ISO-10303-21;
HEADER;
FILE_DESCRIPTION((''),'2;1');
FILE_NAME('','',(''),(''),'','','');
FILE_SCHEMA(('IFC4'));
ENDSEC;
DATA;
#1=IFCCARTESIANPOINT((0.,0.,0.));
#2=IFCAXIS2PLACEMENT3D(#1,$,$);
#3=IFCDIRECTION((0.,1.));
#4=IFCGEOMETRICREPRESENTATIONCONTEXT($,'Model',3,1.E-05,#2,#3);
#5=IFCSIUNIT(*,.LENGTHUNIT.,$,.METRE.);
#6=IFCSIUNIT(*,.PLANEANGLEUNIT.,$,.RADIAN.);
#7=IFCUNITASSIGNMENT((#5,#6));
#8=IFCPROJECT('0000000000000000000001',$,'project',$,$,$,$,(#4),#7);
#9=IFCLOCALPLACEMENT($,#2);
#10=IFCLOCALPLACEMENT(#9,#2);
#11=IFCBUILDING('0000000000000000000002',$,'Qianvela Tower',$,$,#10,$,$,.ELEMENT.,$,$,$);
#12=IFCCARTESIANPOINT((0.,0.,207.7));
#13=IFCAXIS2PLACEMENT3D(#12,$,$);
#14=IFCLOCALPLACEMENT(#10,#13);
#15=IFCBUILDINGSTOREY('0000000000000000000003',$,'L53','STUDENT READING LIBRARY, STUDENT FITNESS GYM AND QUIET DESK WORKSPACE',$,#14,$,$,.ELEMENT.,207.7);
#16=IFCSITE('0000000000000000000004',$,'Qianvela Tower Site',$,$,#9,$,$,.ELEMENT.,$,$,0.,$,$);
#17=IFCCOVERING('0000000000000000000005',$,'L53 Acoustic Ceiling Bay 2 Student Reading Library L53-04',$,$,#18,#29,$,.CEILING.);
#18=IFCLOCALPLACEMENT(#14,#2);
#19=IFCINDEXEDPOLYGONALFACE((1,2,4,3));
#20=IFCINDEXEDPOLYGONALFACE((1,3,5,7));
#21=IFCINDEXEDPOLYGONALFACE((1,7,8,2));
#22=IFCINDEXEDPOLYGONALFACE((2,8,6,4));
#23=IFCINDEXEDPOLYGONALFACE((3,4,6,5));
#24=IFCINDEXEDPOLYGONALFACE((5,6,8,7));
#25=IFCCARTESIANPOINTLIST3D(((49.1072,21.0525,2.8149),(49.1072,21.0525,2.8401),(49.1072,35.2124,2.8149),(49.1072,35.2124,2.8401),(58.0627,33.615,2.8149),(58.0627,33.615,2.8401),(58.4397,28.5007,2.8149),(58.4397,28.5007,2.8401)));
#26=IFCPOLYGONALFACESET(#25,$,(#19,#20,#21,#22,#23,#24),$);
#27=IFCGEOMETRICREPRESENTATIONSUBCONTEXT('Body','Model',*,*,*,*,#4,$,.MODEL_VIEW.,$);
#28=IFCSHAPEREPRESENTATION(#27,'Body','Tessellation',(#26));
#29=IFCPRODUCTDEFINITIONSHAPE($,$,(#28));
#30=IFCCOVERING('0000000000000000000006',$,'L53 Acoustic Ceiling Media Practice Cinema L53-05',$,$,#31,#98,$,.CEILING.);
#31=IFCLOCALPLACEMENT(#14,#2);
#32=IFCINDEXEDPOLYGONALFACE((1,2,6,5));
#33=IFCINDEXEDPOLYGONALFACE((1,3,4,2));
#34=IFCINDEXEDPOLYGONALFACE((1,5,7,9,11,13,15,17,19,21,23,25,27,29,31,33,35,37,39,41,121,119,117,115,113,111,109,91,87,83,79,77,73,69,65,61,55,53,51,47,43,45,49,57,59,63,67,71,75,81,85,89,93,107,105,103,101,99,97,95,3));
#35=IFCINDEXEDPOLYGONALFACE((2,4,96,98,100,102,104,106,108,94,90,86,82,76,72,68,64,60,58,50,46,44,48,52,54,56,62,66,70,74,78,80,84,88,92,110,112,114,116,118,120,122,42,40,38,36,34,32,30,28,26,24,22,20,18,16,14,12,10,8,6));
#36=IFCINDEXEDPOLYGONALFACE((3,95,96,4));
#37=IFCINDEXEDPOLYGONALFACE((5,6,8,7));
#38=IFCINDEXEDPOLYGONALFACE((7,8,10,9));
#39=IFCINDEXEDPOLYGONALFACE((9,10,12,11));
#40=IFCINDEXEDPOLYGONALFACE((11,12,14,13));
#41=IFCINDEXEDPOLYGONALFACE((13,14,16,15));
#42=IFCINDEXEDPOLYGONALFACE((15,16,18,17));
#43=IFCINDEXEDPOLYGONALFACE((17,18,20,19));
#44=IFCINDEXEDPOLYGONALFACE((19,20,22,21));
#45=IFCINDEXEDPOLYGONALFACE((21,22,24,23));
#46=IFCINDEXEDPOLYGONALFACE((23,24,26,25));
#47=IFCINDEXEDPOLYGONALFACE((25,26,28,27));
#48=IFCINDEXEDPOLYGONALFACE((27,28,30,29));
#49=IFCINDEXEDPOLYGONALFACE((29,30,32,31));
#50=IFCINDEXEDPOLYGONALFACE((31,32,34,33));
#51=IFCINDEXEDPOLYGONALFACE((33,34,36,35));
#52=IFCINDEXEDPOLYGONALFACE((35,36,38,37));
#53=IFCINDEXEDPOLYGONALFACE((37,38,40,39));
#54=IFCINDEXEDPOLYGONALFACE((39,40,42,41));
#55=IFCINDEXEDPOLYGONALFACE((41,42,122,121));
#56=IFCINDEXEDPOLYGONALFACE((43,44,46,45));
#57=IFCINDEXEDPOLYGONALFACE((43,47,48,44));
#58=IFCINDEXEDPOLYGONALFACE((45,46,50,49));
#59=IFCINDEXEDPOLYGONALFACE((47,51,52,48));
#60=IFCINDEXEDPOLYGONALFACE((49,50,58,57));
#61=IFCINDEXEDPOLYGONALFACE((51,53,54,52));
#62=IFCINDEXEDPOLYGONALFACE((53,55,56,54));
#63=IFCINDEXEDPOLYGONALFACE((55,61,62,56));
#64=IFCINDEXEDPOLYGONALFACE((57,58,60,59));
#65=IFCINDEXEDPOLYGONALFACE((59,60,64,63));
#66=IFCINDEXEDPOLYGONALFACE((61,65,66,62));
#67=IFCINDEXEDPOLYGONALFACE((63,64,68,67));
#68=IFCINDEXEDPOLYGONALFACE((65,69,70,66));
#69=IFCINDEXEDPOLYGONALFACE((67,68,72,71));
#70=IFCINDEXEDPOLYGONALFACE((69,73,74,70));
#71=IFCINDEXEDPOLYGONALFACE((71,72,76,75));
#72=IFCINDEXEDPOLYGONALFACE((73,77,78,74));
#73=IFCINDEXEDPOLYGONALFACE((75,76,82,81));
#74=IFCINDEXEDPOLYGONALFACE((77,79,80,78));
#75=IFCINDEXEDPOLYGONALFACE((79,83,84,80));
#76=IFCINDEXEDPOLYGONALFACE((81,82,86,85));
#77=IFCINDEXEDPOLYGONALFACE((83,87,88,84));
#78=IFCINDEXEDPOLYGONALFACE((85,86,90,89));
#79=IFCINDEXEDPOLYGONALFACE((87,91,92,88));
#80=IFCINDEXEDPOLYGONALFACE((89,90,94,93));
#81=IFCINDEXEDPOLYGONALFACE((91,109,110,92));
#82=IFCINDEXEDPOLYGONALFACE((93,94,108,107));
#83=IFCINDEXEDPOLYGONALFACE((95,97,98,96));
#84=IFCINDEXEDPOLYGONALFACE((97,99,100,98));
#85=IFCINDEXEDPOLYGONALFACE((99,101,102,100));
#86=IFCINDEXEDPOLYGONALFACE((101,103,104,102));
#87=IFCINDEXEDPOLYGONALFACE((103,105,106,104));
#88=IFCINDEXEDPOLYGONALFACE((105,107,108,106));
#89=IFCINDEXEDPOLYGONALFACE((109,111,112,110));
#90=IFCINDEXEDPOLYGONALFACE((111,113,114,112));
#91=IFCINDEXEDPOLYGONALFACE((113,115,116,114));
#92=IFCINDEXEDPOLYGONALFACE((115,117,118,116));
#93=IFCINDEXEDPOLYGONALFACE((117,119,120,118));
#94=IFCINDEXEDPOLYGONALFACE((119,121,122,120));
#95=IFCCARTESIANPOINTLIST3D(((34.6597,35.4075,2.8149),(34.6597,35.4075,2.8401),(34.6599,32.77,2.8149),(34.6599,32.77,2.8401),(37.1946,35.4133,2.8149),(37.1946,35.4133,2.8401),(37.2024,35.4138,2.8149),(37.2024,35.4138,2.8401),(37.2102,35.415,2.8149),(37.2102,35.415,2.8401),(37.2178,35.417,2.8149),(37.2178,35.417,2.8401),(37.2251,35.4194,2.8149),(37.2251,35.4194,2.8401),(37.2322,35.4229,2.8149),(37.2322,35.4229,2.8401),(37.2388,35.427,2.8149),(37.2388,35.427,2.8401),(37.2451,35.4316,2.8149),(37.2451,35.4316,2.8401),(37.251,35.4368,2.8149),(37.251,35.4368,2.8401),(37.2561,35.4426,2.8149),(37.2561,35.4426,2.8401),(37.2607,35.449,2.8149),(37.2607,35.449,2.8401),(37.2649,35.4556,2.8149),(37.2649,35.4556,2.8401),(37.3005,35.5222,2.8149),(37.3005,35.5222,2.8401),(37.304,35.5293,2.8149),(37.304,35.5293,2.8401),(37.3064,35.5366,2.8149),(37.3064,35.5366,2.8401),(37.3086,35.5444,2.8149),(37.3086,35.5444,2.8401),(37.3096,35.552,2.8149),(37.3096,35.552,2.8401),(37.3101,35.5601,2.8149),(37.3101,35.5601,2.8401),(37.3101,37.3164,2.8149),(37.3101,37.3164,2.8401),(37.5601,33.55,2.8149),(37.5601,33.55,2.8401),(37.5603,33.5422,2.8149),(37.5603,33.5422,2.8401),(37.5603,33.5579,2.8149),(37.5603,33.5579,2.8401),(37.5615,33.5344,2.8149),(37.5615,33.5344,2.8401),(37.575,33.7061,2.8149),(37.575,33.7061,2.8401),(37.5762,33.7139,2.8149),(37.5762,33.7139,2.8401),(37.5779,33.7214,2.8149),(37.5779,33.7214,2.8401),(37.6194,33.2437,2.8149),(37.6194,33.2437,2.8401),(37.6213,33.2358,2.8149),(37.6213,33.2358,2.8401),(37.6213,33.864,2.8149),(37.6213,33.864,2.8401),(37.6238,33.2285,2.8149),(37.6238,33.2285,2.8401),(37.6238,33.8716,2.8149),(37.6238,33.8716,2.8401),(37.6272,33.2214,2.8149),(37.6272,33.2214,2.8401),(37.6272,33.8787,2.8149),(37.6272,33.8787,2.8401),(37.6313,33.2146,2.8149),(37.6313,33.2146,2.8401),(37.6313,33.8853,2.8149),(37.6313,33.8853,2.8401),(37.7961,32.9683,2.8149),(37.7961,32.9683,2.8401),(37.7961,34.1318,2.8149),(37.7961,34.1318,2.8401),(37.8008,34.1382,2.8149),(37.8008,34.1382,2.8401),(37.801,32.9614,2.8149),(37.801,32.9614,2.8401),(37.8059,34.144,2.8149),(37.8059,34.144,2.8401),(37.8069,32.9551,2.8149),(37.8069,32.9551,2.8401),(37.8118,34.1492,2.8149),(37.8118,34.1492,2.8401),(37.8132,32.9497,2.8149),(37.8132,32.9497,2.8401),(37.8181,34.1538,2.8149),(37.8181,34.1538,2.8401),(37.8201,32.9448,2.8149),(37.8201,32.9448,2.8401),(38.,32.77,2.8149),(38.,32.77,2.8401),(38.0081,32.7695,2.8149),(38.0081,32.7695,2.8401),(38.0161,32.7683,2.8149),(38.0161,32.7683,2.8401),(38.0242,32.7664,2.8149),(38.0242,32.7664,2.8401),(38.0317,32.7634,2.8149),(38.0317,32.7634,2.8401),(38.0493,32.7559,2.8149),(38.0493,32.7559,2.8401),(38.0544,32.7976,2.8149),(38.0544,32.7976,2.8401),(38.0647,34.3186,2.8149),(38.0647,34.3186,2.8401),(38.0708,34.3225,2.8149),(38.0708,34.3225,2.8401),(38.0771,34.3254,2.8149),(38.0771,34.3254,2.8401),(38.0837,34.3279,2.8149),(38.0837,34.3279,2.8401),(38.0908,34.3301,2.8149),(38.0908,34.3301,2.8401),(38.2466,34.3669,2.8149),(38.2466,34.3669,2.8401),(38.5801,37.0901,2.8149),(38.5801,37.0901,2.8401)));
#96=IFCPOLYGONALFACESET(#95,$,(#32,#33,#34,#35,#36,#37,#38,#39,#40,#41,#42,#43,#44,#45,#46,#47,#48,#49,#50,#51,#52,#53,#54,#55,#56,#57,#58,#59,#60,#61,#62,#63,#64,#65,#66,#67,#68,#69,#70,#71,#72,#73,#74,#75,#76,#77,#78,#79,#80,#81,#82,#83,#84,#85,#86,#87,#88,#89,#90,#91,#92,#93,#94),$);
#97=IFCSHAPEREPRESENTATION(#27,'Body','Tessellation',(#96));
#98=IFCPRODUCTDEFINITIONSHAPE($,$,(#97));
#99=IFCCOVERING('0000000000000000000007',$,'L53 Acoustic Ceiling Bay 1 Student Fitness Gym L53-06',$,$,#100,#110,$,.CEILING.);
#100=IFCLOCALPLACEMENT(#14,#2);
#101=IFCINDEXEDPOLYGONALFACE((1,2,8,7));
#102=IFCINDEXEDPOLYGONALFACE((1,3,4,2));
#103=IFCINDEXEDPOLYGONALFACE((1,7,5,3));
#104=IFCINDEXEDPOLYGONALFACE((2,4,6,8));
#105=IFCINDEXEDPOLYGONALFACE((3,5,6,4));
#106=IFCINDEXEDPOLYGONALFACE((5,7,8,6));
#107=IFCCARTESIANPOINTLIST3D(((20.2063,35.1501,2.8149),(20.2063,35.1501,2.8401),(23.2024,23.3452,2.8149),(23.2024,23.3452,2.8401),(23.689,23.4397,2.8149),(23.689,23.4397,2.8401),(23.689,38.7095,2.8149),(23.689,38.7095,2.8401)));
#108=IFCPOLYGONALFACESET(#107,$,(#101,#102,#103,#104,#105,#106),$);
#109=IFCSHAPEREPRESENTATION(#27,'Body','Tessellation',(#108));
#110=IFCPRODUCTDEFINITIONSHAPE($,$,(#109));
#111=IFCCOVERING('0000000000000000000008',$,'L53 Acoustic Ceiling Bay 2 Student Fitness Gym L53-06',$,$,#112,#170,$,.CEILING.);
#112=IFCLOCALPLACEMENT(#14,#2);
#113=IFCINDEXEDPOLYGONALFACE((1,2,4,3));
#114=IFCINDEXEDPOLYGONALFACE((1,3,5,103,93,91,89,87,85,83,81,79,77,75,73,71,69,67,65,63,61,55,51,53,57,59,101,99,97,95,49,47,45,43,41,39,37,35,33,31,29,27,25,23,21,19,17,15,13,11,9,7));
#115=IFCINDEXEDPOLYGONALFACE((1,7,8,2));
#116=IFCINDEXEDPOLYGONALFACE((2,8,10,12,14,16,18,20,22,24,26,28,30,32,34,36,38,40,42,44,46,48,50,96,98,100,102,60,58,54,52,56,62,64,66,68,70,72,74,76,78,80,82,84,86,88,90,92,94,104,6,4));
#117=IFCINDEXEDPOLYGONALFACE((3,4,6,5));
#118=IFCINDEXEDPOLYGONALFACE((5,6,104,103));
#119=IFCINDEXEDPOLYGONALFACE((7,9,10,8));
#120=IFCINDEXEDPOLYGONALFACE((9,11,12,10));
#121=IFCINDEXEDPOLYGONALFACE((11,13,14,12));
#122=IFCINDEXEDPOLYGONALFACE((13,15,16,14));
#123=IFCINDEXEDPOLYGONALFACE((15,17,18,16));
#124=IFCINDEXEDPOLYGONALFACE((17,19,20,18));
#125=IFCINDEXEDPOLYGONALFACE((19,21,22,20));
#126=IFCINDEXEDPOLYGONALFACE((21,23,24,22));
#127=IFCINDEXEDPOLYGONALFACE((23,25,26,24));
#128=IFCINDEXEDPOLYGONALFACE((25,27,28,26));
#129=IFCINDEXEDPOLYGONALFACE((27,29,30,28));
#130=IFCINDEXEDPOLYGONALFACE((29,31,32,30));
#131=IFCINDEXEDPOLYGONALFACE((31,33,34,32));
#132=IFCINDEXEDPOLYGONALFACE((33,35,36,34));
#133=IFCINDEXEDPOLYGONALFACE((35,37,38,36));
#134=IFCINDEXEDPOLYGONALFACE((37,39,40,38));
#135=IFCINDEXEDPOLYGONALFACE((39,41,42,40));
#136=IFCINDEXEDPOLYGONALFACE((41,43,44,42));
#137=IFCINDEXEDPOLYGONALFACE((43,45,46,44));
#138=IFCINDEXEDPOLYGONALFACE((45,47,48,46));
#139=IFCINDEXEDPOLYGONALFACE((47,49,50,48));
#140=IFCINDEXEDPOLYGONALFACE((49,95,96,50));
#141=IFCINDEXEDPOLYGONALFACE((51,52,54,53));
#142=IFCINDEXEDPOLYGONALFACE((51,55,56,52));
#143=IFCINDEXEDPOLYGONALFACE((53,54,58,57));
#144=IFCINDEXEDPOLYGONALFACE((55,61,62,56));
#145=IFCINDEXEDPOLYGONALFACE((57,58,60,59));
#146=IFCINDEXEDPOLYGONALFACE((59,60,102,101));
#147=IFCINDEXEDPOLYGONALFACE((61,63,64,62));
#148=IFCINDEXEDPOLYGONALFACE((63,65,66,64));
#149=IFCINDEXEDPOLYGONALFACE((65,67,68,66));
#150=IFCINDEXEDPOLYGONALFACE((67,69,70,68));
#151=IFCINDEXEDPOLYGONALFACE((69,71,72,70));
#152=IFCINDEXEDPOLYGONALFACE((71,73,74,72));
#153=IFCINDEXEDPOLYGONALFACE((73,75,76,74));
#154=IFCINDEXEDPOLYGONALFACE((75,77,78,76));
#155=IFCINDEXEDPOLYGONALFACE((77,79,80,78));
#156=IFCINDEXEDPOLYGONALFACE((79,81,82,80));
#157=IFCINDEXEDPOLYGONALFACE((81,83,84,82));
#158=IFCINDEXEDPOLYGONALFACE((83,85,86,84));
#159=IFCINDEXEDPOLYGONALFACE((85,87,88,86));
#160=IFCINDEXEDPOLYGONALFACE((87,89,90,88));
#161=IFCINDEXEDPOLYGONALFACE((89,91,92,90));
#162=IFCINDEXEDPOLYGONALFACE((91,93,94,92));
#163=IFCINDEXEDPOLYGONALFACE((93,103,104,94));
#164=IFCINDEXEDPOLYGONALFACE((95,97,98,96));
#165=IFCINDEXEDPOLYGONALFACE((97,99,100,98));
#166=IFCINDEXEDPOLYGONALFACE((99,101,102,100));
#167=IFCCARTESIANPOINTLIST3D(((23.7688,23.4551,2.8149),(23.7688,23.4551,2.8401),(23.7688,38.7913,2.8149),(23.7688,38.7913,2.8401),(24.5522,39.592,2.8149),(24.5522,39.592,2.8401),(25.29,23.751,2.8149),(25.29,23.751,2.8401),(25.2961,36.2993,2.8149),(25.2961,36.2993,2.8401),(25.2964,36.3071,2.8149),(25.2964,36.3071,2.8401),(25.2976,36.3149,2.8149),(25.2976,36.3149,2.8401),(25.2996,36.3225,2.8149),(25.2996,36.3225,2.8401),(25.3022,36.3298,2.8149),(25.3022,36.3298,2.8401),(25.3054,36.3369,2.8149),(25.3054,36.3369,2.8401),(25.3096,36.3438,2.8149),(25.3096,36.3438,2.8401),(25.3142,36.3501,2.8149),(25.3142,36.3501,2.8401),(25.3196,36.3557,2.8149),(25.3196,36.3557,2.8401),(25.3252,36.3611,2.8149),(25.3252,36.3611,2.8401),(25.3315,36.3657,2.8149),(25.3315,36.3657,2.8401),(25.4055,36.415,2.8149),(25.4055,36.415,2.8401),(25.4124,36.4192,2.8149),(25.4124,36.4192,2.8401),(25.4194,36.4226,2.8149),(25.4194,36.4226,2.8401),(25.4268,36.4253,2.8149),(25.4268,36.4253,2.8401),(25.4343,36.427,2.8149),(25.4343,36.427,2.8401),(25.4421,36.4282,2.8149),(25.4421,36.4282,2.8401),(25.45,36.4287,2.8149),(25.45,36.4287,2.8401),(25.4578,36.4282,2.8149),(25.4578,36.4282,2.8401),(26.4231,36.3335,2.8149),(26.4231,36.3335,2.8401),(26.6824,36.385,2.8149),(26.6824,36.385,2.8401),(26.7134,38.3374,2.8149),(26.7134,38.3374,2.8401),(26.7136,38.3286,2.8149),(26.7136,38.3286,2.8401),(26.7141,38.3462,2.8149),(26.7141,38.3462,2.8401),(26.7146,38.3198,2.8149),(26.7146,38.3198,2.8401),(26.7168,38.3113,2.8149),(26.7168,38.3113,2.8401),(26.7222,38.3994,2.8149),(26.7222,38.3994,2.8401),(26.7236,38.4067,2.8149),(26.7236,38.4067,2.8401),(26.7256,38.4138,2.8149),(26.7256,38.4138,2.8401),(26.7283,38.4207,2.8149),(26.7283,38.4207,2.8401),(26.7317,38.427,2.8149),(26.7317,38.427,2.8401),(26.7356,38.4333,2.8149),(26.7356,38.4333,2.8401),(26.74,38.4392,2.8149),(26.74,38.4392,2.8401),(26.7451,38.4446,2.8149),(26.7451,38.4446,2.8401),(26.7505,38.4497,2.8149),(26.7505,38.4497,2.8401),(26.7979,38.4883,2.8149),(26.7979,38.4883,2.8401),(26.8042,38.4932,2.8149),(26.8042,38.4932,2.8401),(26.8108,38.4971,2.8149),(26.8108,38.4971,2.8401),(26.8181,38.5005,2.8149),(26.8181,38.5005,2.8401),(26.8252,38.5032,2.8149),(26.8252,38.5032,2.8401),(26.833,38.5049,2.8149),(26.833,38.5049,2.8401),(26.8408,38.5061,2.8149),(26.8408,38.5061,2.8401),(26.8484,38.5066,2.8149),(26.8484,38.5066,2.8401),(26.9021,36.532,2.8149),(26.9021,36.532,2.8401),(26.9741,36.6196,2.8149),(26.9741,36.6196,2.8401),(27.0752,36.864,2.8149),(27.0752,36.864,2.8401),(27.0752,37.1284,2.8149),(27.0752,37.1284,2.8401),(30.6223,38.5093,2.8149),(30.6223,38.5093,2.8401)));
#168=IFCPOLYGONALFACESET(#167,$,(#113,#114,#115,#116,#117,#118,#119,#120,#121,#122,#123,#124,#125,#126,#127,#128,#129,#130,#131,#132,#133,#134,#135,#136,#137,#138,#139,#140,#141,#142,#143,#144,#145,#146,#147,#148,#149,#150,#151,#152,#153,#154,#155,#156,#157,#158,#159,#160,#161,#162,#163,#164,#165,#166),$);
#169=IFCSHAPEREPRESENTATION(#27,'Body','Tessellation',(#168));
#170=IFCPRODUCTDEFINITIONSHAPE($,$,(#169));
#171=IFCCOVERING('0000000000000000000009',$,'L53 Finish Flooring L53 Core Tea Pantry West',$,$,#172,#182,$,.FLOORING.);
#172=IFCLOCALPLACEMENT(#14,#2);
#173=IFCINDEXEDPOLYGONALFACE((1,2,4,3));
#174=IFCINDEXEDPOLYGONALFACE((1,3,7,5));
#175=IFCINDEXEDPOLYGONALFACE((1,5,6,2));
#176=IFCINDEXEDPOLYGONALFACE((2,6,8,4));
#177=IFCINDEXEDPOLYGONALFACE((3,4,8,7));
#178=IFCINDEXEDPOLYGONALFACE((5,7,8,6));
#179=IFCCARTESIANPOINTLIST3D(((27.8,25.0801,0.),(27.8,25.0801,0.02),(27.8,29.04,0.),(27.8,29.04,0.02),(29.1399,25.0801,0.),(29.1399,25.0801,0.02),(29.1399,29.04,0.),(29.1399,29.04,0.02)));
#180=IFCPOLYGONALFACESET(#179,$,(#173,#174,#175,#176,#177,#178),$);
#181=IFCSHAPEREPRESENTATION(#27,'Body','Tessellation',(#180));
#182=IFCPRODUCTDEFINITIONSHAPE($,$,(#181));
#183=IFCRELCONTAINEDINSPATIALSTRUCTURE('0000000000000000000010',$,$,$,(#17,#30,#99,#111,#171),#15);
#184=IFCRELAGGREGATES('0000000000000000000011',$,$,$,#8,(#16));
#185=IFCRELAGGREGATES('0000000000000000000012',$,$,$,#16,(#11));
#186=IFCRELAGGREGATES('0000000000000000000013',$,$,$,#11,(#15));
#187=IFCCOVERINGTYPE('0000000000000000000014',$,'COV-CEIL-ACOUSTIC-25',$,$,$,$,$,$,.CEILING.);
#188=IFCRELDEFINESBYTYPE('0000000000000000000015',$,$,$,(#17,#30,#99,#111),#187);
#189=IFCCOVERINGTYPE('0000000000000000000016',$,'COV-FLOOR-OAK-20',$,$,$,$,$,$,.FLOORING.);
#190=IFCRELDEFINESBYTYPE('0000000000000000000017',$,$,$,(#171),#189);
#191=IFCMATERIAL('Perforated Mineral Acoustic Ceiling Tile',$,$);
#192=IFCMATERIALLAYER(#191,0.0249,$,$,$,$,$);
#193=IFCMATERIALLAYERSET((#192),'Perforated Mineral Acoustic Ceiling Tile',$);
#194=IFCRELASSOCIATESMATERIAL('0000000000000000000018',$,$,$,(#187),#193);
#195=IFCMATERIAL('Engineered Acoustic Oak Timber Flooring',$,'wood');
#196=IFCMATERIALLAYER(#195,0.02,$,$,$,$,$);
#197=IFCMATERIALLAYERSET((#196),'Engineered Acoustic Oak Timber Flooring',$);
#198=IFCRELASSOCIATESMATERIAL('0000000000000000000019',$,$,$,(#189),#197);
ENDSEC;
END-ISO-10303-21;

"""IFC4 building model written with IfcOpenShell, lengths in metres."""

from ifc_helpers import new_model, si_unit, direction, frame, origin, place, context, subcontext, project, spatial, polyline, outline, extrude, material, layer, layer_set, type_object, element, save


model = new_model("IFC4")

# Units and contexts
model_context = context("Model", 3, precision=1e-05, world=origin(), true_north=direction((0.0, 1.0)))
body_context = subcontext(model_context, "Body", "Model", "MODEL_VIEW")
ifc_project = project(units=[si_unit("LENGTHUNIT", "METRE"), si_unit("PLANEANGLEUNIT", "RADIAN")], contexts=[model_context])

# Site, building, storey
site_placement = place(None, origin())
site = spatial("IfcSite", under=ifc_project, at=site_placement, Name="Qianvela Tower Site", CompositionType="ELEMENT", RefElevation=0.0)
building_placement = place(site_placement, origin())
building = spatial("IfcBuilding", under=site, at=building_placement, Name="Qianvela Tower", CompositionType="ELEMENT")
storey_placement = place(building_placement, frame((0.0, 0.0, 207.7)))
storey = spatial("IfcBuildingStorey", under=building, at=storey_placement, Name="L53", Description="STUDENT READING LIBRARY, STUDENT FITNESS GYM AND QUIET DESK WORKSPACE", CompositionType="ELEMENT", Elevation=207.7)

# Coverings
ifc_material_1 = material(Name="Perforated Mineral Acoustic Ceiling Tile")
ifc_layer_1 = layer(ifc_material_1, 0.0249)
ifc_layer_set_1 = layer_set([ifc_layer_1], Name="Perforated Mineral Acoustic Ceiling Tile")
covering_type_1 = type_object("IfcCoveringType", Name="COV-CEIL-ACOUSTIC-25", PredefinedType="CEILING", material=ifc_layer_set_1)
covering_1_placement = place(storey_placement, frame((0.0, 0.0, 2.8149)))
element("IfcCovering", 1, at=covering_1_placement, inside=storey, type_object=covering_type_1, Name="L53 Acoustic Ceiling Bay 2 Student Reading Library L53-04", PredefinedType="CEILING", context=body_context, shape_type="SweptSolid", body=[
    extrude(outline(polyline([(58.0627, 33.615), (58.4397, 28.5007), (49.1072, 21.0525), (49.1072, 35.2124), (58.0627, 33.615)])), origin(), (0.0, 0.0, 1.0), 0.0251),
])
covering_2_placement = place(storey_placement, frame((0.0, 0.0, 2.8149)))
element("IfcCovering", 2, at=covering_2_placement, inside=storey, type_object=covering_type_1, Name="L53 Acoustic Ceiling Media Practice Cinema L53-05", PredefinedType="CEILING", context=body_context, shape_type="SweptSolid", body=[
    extrude(outline(polyline([(34.6599, 32.77), (34.6597, 35.4075), (37.1946, 35.4133), (37.2024, 35.4138), (37.2102, 35.415), (37.2178, 35.417), (37.2251, 35.4194), (37.2322, 35.4229), (37.2388, 35.427), (37.2451, 35.4316), (37.251, 35.4368), (37.2561, 35.4426), (37.2607, 35.449), (37.2649, 35.4556), (37.3005, 35.5222), (37.304, 35.5293), (37.3064, 35.5366), (37.3086, 35.5444), (37.3096, 35.552), (37.3101, 35.5601), (37.3101, 37.3164), (38.5801, 37.0901), (38.2466, 34.3669), (38.0908, 34.3301), (38.0837, 34.3279), (38.0771, 34.3254), (38.0708, 34.3225), (38.0647, 34.3186), (37.8181, 34.1538), (37.8118, 34.1492), (37.8059, 34.144), (37.8008, 34.1382), (37.7961, 34.1318), (37.6313, 33.8853), (37.6272, 33.8787), (37.6238, 33.8716), (37.6213, 33.864), (37.5779, 33.7214), (37.5762, 33.7139), (37.575, 33.7061), (37.5603, 33.5579), (37.5601, 33.55), (37.5603, 33.5422), (37.5615, 33.5344), (37.6194, 33.2437), (37.6213, 33.2358), (37.6238, 33.2285), (37.6272, 33.2214), (37.6313, 33.2146), (37.7961, 32.9683), (37.801, 32.9614), (37.8069, 32.9551), (37.8132, 32.9497), (37.8201, 32.9448), (38.0544, 32.7976), (38.0493, 32.7559), (38.0317, 32.7634), (38.0242, 32.7664), (38.0161, 32.7683), (38.0081, 32.7695), (38.0, 32.77), (34.6599, 32.77)])), origin(), (0.0, 0.0, 1.0), 0.0251),
])
covering_3_placement = place(storey_placement, frame((0.0, 0.0, 2.8149)))
element("IfcCovering", 3, at=covering_3_placement, inside=storey, type_object=covering_type_1, Name="L53 Acoustic Ceiling Bay 1 Student Fitness Gym L53-06", PredefinedType="CEILING", context=body_context, shape_type="SweptSolid", body=[
    extrude(outline(polyline([(23.2024, 23.3452), (20.2063, 35.1501), (23.689, 38.7095), (23.689, 23.4397), (23.2024, 23.3452)])), origin(), (0.0, 0.0, 1.0), 0.0251),
])
covering_4_placement = place(storey_placement, frame((0.0, 0.0, 2.8149)))
element("IfcCovering", 4, at=covering_4_placement, inside=storey, type_object=covering_type_1, Name="L53 Acoustic Ceiling Bay 2 Student Fitness Gym L53-06", PredefinedType="CEILING", context=body_context, shape_type="SweptSolid", body=[
    extrude(outline(polyline([(30.6223, 38.5093), (26.8484, 38.5066), (26.8408, 38.5061), (26.833, 38.5049), (26.8252, 38.5032), (26.8181, 38.5005), (26.8108, 38.4971), (26.8042, 38.4932), (26.7979, 38.4883), (26.7505, 38.4497), (26.7451, 38.4446), (26.74, 38.4392), (26.7356, 38.4333), (26.7317, 38.427), (26.7283, 38.4207), (26.7256, 38.4138), (26.7236, 38.4067), (26.7222, 38.3994), (26.7141, 38.3462), (26.7134, 38.3374), (26.7136, 38.3286), (26.7146, 38.3198), (26.7168, 38.3113), (27.0752, 37.1284), (27.0752, 36.864), (26.9741, 36.6196), (26.9021, 36.532), (26.6824, 36.385), (26.4231, 36.3335), (25.4578, 36.4282), (25.45, 36.4287), (25.4421, 36.4282), (25.4343, 36.427), (25.4268, 36.4253), (25.4194, 36.4226), (25.4124, 36.4192), (25.4055, 36.415), (25.3315, 36.3657), (25.3252, 36.3611), (25.3196, 36.3557), (25.3142, 36.3501), (25.3096, 36.3438), (25.3054, 36.3369), (25.3022, 36.3298), (25.2996, 36.3225), (25.2976, 36.3149), (25.2964, 36.3071), (25.2961, 36.2993), (25.29, 23.751), (23.7688, 23.4551), (23.7688, 38.7913), (24.5522, 39.592), (30.6223, 38.5093)])), origin(), (0.0, 0.0, 1.0), 0.0251),
])
ifc_material_2 = material(Name="Engineered Acoustic Oak Timber Flooring", Category="wood")
ifc_layer_2 = layer(ifc_material_2, 0.02)
ifc_layer_set_2 = layer_set([ifc_layer_2], Name="Engineered Acoustic Oak Timber Flooring")
covering_type_2 = type_object("IfcCoveringType", Name="COV-FLOOR-OAK-20", PredefinedType="FLOORING", material=ifc_layer_set_2)
covering_5_placement = place(storey_placement, origin())
element("IfcCovering", 5, at=covering_5_placement, inside=storey, type_object=covering_type_2, Name="L53 Finish Flooring L53 Core Tea Pantry West", PredefinedType="FLOORING", context=body_context, shape_type="SweptSolid", body=[
    extrude(outline(polyline([(27.8, 25.0801), (27.8, 29.04), (29.1399, 29.04), (29.1399, 25.0801), (27.8, 25.0801)])), origin(), (0.0, 0.0, 1.0), 0.02),
])

save(model, "model.ifc")
